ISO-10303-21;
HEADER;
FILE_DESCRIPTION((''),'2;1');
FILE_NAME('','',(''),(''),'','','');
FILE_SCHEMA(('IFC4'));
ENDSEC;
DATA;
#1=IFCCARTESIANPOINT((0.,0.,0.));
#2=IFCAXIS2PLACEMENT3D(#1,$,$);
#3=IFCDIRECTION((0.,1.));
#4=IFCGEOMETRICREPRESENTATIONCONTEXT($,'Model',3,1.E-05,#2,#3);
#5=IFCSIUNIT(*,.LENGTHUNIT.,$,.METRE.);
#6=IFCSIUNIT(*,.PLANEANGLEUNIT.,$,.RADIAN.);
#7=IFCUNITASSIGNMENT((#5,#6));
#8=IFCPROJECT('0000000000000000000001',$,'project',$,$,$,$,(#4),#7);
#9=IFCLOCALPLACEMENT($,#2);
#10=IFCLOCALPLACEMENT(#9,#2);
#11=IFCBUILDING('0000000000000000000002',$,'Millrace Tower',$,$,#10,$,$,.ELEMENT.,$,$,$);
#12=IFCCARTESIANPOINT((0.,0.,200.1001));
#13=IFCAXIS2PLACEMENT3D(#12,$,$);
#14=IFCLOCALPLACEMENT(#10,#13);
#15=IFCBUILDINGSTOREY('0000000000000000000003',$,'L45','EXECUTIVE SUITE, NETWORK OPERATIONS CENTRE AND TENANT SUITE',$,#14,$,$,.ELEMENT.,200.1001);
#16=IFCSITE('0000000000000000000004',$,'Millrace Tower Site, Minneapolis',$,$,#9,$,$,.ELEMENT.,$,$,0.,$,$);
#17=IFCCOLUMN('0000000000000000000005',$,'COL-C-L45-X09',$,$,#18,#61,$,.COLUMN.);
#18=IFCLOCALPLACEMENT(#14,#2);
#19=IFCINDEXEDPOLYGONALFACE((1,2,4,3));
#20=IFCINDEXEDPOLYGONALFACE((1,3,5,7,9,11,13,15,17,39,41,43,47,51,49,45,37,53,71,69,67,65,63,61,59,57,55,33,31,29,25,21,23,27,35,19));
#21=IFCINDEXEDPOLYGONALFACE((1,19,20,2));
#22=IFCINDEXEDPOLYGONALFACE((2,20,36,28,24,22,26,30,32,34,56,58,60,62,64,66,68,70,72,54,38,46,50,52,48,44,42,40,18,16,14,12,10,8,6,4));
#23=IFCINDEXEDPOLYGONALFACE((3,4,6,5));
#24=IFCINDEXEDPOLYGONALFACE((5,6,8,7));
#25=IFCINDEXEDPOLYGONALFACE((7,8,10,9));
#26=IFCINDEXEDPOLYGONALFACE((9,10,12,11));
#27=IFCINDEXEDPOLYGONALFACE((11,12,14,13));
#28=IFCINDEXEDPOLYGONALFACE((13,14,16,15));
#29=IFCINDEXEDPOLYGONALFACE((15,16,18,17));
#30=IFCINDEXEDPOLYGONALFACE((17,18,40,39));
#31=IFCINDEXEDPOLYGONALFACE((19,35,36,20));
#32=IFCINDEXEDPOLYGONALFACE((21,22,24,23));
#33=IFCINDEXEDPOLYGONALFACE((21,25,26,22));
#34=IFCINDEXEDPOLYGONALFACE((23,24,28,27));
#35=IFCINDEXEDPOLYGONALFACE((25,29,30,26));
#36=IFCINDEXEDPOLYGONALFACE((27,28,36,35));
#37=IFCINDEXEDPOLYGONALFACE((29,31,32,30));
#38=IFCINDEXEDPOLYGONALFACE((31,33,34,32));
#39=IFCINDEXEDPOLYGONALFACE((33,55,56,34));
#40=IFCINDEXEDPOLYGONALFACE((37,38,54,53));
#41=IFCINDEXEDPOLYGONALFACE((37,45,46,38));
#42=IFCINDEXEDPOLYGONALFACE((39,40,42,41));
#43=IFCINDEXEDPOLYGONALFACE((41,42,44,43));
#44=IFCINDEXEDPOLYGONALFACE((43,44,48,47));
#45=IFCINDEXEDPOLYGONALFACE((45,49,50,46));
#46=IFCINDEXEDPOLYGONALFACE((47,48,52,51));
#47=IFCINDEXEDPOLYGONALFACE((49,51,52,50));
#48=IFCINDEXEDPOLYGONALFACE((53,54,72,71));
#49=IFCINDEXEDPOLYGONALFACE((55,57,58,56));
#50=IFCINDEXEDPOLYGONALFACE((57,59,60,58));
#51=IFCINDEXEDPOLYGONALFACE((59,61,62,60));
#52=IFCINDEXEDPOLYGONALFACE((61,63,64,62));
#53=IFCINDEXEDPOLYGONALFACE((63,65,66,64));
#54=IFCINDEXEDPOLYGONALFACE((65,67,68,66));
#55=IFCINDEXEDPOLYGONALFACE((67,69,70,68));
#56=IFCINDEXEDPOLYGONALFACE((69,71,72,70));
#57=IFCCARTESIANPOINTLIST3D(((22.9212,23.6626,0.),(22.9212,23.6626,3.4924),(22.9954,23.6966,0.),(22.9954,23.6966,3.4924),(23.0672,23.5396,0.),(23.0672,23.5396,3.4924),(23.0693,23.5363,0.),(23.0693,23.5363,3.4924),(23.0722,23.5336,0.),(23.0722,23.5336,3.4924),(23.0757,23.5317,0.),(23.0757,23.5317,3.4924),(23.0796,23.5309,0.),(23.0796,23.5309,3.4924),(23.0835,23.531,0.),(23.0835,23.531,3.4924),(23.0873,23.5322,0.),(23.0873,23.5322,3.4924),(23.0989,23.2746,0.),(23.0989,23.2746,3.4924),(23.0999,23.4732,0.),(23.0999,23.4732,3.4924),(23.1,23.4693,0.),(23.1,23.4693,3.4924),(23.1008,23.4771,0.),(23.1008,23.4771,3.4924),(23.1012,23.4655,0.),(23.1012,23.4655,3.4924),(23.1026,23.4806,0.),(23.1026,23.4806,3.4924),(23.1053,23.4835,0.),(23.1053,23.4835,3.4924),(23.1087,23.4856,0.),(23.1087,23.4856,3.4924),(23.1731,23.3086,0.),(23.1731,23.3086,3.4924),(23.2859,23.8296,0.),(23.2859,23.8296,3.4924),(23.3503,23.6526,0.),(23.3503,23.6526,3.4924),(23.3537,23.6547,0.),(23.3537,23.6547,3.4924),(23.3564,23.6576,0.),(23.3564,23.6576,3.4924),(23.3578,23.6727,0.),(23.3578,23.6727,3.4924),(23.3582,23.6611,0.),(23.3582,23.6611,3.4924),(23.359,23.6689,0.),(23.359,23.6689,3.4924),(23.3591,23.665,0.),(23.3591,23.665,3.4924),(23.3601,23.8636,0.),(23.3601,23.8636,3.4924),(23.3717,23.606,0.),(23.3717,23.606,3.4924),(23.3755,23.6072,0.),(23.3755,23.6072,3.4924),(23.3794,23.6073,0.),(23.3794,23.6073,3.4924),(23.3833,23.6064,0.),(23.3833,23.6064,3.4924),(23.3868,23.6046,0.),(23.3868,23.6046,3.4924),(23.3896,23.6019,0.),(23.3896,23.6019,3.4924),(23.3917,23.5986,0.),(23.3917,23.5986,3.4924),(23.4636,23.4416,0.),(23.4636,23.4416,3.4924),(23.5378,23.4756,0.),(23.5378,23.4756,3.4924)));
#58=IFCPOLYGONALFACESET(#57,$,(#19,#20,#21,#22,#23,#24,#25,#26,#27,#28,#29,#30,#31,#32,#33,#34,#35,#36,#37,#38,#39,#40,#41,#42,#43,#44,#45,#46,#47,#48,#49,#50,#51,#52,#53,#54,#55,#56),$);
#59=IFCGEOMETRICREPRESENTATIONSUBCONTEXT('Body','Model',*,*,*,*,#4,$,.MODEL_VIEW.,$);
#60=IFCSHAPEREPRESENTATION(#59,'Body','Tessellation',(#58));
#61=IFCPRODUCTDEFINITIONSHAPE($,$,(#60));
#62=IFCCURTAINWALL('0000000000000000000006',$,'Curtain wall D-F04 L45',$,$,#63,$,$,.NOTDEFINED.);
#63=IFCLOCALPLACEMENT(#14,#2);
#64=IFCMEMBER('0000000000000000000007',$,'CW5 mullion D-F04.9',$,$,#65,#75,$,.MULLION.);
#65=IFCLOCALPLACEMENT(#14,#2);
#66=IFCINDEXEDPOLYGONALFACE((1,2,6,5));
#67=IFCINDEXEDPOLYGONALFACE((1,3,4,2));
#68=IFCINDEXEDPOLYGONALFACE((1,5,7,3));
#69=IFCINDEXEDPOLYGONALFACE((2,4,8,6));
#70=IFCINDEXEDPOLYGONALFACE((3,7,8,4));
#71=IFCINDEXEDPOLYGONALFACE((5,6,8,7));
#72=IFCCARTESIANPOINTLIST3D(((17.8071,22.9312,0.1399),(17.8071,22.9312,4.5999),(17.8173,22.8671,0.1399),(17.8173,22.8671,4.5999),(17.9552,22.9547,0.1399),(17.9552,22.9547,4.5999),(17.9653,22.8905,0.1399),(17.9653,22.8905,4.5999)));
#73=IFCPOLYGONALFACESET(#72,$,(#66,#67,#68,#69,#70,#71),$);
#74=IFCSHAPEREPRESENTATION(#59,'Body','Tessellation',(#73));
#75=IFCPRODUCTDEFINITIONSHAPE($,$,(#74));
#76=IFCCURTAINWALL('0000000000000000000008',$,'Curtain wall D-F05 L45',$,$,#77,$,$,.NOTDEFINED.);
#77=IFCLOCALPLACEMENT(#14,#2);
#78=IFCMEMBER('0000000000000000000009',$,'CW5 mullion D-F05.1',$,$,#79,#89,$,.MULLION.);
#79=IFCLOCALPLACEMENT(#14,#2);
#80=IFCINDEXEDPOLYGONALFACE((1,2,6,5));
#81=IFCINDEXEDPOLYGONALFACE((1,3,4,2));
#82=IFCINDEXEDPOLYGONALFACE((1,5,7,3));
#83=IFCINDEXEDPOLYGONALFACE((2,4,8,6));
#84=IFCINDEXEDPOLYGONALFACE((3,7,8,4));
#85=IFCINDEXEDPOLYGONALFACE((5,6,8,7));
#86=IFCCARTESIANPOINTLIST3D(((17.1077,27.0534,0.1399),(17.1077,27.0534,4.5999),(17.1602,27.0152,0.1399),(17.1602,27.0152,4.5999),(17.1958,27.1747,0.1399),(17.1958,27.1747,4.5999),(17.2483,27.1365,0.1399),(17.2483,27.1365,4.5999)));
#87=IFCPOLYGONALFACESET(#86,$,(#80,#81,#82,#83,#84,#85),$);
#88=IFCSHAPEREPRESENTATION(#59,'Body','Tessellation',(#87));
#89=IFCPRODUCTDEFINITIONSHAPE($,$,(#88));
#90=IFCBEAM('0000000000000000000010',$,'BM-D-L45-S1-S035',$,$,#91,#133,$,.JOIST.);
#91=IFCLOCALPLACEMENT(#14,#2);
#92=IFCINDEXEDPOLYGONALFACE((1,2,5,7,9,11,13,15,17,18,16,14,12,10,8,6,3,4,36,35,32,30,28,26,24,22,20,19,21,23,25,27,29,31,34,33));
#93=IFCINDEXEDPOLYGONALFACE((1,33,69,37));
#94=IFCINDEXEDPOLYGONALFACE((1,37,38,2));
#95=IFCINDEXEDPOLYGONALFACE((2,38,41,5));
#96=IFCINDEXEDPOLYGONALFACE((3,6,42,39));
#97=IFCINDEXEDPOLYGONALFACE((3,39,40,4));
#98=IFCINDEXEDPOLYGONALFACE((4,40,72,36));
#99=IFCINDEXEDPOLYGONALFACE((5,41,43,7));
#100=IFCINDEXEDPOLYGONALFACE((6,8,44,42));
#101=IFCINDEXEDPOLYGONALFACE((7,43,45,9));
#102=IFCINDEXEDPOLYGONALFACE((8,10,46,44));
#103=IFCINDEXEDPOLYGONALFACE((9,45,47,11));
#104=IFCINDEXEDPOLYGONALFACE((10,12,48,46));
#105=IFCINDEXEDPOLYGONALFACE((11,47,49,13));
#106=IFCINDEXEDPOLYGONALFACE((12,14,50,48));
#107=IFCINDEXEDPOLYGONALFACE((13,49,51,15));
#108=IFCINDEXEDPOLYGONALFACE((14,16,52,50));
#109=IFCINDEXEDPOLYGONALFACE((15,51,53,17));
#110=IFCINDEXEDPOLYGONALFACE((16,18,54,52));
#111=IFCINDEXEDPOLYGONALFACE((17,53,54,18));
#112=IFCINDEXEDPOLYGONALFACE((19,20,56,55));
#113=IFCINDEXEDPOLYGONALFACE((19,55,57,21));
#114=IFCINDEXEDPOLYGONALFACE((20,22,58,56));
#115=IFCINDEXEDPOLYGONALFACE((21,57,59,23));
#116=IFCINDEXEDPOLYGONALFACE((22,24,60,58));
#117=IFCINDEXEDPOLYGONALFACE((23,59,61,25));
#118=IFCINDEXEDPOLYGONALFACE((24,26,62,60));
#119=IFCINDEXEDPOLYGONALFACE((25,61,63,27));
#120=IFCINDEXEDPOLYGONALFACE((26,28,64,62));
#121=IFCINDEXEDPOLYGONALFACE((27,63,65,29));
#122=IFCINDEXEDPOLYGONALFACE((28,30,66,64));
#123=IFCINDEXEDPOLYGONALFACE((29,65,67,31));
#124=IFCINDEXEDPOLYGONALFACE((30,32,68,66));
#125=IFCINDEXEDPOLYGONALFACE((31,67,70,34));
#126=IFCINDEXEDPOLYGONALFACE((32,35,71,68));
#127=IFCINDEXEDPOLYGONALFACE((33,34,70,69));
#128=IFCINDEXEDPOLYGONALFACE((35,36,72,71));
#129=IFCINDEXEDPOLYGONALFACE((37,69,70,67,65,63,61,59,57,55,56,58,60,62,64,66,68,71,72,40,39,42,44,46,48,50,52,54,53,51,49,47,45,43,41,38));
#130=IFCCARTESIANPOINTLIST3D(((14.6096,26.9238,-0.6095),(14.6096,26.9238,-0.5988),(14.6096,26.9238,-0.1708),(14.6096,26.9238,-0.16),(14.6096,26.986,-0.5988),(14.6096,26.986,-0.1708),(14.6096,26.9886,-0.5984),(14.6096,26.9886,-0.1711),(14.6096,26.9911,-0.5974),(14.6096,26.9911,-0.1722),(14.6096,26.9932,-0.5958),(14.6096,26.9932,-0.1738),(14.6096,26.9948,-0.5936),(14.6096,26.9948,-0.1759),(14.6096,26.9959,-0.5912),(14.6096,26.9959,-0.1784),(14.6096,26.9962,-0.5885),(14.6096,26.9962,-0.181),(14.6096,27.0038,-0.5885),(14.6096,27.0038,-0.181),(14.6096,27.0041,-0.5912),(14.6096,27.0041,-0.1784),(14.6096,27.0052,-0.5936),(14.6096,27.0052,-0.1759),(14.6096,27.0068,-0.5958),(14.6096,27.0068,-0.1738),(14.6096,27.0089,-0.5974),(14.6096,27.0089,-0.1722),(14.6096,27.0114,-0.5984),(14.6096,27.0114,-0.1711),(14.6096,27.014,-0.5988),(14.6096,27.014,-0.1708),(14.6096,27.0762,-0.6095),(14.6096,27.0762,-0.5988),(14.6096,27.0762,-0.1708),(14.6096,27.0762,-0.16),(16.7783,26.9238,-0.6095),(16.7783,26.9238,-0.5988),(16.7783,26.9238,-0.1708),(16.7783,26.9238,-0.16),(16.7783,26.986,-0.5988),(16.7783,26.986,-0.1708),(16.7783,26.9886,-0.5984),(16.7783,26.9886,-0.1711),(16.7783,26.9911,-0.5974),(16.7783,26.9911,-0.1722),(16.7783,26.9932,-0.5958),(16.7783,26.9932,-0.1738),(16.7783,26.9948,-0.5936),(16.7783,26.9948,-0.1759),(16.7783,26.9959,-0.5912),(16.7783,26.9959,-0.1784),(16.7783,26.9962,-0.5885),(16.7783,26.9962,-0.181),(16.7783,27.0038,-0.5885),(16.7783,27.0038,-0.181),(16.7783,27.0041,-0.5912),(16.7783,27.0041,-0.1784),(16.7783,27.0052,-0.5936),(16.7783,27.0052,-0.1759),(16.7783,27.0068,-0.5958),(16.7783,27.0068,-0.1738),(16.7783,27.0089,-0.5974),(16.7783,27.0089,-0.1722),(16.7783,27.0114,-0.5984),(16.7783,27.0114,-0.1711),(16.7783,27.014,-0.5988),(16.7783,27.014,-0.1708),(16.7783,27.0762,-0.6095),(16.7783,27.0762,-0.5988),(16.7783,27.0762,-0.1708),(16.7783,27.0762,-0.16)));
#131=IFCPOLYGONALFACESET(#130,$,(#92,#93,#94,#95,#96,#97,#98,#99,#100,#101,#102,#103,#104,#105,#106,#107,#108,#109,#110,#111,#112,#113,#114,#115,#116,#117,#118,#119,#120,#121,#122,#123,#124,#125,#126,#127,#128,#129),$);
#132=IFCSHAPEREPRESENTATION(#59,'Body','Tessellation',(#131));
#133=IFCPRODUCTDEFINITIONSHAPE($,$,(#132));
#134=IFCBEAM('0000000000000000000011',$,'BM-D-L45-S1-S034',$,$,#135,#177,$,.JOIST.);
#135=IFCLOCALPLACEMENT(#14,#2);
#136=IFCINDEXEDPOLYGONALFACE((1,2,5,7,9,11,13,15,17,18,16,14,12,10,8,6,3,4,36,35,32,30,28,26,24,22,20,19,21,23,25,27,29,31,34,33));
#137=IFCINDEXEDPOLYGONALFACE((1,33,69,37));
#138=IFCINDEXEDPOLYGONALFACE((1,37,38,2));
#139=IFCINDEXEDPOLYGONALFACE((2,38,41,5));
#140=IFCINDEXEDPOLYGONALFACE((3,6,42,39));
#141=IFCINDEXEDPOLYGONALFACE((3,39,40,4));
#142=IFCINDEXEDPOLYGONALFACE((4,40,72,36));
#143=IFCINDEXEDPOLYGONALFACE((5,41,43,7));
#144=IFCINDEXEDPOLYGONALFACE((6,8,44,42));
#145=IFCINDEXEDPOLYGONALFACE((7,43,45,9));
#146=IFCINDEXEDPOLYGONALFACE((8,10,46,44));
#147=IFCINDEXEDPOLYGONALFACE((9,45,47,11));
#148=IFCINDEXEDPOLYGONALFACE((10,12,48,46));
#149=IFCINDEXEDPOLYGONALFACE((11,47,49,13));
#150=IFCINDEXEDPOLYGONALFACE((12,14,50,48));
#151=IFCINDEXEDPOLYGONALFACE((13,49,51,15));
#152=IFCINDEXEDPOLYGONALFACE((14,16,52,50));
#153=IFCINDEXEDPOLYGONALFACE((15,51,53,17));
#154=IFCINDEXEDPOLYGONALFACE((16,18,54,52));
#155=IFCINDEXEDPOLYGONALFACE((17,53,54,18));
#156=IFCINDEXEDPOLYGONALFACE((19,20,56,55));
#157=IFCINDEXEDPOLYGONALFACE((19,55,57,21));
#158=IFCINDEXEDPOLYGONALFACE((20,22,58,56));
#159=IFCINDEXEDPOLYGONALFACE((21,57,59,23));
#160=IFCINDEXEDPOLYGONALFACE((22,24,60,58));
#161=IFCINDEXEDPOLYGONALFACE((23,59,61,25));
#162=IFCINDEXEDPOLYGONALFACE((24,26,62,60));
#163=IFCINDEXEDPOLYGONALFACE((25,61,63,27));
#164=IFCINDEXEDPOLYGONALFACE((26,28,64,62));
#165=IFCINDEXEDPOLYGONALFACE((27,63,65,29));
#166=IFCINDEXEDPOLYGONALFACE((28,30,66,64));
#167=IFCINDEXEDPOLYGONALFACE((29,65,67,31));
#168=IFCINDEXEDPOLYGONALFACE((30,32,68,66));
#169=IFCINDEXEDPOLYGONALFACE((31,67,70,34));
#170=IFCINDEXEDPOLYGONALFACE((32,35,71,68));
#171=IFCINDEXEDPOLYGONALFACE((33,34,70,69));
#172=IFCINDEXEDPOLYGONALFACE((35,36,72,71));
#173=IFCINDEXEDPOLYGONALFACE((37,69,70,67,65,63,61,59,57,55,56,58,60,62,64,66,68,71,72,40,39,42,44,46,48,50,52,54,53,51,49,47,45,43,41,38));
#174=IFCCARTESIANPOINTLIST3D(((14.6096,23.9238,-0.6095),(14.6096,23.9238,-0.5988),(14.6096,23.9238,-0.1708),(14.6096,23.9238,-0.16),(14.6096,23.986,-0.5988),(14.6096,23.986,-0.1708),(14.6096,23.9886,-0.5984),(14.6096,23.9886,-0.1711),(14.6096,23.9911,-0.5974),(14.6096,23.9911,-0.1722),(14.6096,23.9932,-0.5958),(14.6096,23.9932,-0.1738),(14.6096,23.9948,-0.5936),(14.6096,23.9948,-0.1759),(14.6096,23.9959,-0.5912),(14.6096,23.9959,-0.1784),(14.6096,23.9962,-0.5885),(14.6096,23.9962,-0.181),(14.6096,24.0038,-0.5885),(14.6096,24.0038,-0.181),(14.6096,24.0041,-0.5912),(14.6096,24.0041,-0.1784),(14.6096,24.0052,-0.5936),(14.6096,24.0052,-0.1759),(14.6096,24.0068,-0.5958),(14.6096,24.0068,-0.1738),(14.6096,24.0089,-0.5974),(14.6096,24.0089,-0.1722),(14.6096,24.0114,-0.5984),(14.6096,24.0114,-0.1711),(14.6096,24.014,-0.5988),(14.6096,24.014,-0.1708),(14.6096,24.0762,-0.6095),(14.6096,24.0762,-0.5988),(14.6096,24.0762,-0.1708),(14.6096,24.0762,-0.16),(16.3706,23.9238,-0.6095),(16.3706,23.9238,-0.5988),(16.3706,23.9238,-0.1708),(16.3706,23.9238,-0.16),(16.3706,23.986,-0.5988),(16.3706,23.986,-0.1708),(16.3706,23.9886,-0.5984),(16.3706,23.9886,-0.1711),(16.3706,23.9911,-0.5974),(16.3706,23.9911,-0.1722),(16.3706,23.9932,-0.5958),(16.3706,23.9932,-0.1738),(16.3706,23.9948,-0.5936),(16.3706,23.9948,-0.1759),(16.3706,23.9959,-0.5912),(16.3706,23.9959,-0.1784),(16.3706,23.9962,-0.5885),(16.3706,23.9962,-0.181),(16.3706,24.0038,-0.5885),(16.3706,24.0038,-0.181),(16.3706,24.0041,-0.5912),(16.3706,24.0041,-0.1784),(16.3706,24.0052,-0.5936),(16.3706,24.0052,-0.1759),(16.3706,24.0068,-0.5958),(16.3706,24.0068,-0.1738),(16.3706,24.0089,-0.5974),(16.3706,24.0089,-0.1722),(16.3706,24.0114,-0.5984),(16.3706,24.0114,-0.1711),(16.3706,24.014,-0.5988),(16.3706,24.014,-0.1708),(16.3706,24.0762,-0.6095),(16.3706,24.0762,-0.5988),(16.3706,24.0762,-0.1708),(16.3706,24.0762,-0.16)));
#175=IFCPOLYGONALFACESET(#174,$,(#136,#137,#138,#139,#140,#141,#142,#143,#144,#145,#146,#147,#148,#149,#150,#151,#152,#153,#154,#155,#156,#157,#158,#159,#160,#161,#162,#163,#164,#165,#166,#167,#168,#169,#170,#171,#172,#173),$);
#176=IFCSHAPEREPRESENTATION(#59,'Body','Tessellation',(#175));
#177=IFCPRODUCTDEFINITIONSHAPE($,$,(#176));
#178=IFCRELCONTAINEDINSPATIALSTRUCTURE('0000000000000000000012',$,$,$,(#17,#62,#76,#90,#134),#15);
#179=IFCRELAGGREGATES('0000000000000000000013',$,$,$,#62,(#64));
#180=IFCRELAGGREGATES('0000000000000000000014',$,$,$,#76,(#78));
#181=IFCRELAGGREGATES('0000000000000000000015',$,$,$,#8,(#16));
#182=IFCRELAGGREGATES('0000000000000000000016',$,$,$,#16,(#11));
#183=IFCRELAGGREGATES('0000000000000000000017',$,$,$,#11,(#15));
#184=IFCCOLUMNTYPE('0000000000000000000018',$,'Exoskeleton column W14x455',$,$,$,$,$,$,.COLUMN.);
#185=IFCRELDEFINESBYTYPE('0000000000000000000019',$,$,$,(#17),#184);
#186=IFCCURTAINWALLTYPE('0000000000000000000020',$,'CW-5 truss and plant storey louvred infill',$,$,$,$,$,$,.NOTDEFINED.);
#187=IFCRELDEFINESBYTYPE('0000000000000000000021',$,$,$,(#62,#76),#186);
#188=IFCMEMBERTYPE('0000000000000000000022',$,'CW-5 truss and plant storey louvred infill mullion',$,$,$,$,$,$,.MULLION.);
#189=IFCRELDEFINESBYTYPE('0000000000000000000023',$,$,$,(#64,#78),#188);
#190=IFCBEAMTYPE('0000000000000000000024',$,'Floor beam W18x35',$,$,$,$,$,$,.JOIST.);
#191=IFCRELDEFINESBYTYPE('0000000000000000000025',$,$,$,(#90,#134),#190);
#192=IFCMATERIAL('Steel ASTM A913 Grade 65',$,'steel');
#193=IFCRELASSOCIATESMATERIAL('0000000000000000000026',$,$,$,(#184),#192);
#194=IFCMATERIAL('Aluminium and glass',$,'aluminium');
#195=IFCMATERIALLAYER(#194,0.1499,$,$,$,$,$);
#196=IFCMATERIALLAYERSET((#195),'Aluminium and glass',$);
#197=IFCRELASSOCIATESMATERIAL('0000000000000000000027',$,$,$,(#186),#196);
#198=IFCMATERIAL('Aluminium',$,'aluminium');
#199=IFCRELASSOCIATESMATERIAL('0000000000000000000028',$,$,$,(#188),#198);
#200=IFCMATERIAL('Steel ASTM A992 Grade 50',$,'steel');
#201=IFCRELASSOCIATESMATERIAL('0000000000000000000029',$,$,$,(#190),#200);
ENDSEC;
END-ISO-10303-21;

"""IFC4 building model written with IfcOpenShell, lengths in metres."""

from ifc_helpers import new_model, si_unit, direction, frame, origin, origin_2d, place, context, subcontext, project, spatial, rectangle, i_section, extrude, material, layer, layer_set, material_profile, profile_set, type_object, element, aggregate, save


model = new_model("IFC4")

# Units and contexts
model_context = context("Model", 3, precision=1e-05, world=origin(), true_north=direction((0.0, 1.0)))
body_context = subcontext(model_context, "Body", "Model", "MODEL_VIEW")
ifc_project = project(units=[si_unit("LENGTHUNIT", "METRE"), si_unit("PLANEANGLEUNIT", "RADIAN")], contexts=[model_context])

# Site, building, storey
site_placement = place(None, origin())
site = spatial("IfcSite", under=ifc_project, at=site_placement, Name="Millrace Tower Site, Minneapolis", CompositionType="ELEMENT", RefElevation=0.0)
building_placement = place(site_placement, origin())
building = spatial("IfcBuilding", under=site, at=building_placement, Name="Millrace Tower", CompositionType="ELEMENT")
storey_placement = place(building_placement, frame((0.0, 0.0, 200.1001)))
storey = spatial("IfcBuildingStorey", under=building, at=storey_placement, Name="L45", Description="EXECUTIVE SUITE, NETWORK OPERATIONS CENTRE AND TENANT SUITE", CompositionType="ELEMENT", Elevation=200.1001)

# Column
ifc_material_1 = material(Name="Steel ASTM A913 Grade 65", Category="steel")
ifc_material_profile_1 = material_profile(ifc_material_1, i_section(OverallWidth=0.4268, OverallDepth=0.4827, WebThickness=0.0513, FlangeThickness=0.0815, FilletRadius=0.0151, at=origin_2d()))
ifc_profile_set_1 = profile_set([ifc_material_profile_1], Name="Steel ASTM A913 Grade 65")
column_type = type_object("IfcColumnType", Name="Exoskeleton column W14x455", PredefinedType="COLUMN", material=ifc_profile_set_1)
column_placement = place(storey_placement, frame((23.2295, 23.5691, 0.0), z_axis=(0.0, 0.0, 1.0), x_axis=(-0.416401, 0.909181, 0.0)))
element("IfcColumn", 1, at=column_placement, inside=storey, type_object=column_type, Name="COL-C-L45-X09", PredefinedType="COLUMN", context=body_context, shape_type="SweptSolid", body=[
    extrude(i_section(OverallWidth=0.4268, OverallDepth=0.4827, WebThickness=0.0513, FlangeThickness=0.0815, FilletRadius=0.0151, at=origin_2d()), origin(), (0.0, 0.0, 1.0), 3.4924),
])

# Curtain walls, members
ifc_material_2 = material(Name="Aluminium and glass", Category="aluminium")
ifc_layer_1 = layer(ifc_material_2, 0.1499)
ifc_layer_set_1 = layer_set([ifc_layer_1], Name="Aluminium and glass")
curtain_wall_type = type_object("IfcCurtainWallType", Name="CW-5 truss and plant storey louvred infill", PredefinedType="NOTDEFINED", material=ifc_layer_set_1)
placement = place(storey_placement, origin())
curtain_wall_1 = element("IfcCurtainWall", 2, at=placement, inside=storey, type_object=curtain_wall_type, Name="Curtain wall D-F04 L45", PredefinedType="NOTDEFINED")
ifc_material_3 = material(Name="Aluminium", Category="aluminium")
ifc_material_profile_2 = material_profile(ifc_material_3, rectangle(XDim=0.0649, YDim=0.1499, at=origin_2d()))
ifc_profile_set_2 = profile_set([ifc_material_profile_2], Name="Aluminium")
member_type_1 = type_object("IfcMemberType", Name="CW-5 truss and plant storey louvred infill mullion", PredefinedType="MULLION", material=ifc_profile_set_2)
member_1_placement = place(storey_placement, frame((17.8862, 22.9109, 0.1399), z_axis=(0.0, 0.0, 1.0), x_axis=(-0.156434, 0.987688, 0.0)))
member_1 = element("IfcMember", 3, at=member_1_placement, type_object=member_type_1, Name="CW5 mullion D-F04.9", PredefinedType="MULLION", context=body_context, shape_type="SweptSolid", body=[
    extrude(rectangle(XDim=0.0649, YDim=0.1499, at=origin_2d()), origin(), (0.0, 0.0, 1.0), 4.46),
])
aggregate(curtain_wall_1, [member_1])
curtain_wall_2 = element("IfcCurtainWall", 4, at=placement, inside=storey, type_object=curtain_wall_type, Name="Curtain wall D-F05 L45", PredefinedType="NOTDEFINED")
member_2_placement = place(storey_placement, frame((17.178, 27.095, 0.1399), z_axis=(0.0, 0.0, 1.0), x_axis=(-0.809017, 0.587785, 0.0)))
member_2 = element("IfcMember", 5, at=member_2_placement, type_object=member_type_1, Name="CW5 mullion D-F05.1", PredefinedType="MULLION", context=body_context, shape_type="SweptSolid", body=[
    extrude(rectangle(XDim=0.0649, YDim=0.1499, at=origin_2d()), origin(), (0.0, 0.0, 1.0), 4.46),
])
aggregate(curtain_wall_2, [member_2])

# Beams
ifc_material_4 = material(Name="Steel ASTM A992 Grade 50", Category="steel")
ifc_material_profile_3 = material_profile(ifc_material_4, i_section(OverallWidth=0.1523, OverallDepth=0.4495, WebThickness=0.0076, FlangeThickness=0.0107, FilletRadius=0.0103, at=origin_2d()))
ifc_profile_set_3 = profile_set([ifc_material_profile_3], Name="Steel ASTM A992 Grade 50")
beam_type_1 = type_object("IfcBeamType", Name="Floor beam W18x35", PredefinedType="JOIST", material=ifc_profile_set_3)
beam_1_placement = place(storey_placement, frame((14.6096, 27.0, -0.3848), z_axis=(1.0, 0.0, 0.0), x_axis=(0.0, 1.0, 0.0)))
element("IfcBeam", 6, at=beam_1_placement, inside=storey, type_object=beam_type_1, Name="BM-D-L45-S1-S035", PredefinedType="JOIST", context=body_context, shape_type="SweptSolid", body=[
    extrude(i_section(OverallWidth=0.1523, OverallDepth=0.4495, WebThickness=0.0076, FlangeThickness=0.0107, FilletRadius=0.0103, at=origin_2d()), origin(), (0.0, 0.0, 1.0), 2.1687),
])
beam_2_placement = place(storey_placement, frame((14.6096, 24.0, -0.3848), z_axis=(1.0, 0.0, 0.0), x_axis=(0.0, 1.0, 0.0)))
element("IfcBeam", 7, at=beam_2_placement, inside=storey, type_object=beam_type_1, Name="BM-D-L45-S1-S034", PredefinedType="JOIST", context=body_context, shape_type="SweptSolid", body=[
    extrude(i_section(OverallWidth=0.1523, OverallDepth=0.4495, WebThickness=0.0076, FlangeThickness=0.0107, FilletRadius=0.0103, at=origin_2d()), origin(), (0.0, 0.0, 1.0), 1.761),
])

save(model, "model.ifc")
